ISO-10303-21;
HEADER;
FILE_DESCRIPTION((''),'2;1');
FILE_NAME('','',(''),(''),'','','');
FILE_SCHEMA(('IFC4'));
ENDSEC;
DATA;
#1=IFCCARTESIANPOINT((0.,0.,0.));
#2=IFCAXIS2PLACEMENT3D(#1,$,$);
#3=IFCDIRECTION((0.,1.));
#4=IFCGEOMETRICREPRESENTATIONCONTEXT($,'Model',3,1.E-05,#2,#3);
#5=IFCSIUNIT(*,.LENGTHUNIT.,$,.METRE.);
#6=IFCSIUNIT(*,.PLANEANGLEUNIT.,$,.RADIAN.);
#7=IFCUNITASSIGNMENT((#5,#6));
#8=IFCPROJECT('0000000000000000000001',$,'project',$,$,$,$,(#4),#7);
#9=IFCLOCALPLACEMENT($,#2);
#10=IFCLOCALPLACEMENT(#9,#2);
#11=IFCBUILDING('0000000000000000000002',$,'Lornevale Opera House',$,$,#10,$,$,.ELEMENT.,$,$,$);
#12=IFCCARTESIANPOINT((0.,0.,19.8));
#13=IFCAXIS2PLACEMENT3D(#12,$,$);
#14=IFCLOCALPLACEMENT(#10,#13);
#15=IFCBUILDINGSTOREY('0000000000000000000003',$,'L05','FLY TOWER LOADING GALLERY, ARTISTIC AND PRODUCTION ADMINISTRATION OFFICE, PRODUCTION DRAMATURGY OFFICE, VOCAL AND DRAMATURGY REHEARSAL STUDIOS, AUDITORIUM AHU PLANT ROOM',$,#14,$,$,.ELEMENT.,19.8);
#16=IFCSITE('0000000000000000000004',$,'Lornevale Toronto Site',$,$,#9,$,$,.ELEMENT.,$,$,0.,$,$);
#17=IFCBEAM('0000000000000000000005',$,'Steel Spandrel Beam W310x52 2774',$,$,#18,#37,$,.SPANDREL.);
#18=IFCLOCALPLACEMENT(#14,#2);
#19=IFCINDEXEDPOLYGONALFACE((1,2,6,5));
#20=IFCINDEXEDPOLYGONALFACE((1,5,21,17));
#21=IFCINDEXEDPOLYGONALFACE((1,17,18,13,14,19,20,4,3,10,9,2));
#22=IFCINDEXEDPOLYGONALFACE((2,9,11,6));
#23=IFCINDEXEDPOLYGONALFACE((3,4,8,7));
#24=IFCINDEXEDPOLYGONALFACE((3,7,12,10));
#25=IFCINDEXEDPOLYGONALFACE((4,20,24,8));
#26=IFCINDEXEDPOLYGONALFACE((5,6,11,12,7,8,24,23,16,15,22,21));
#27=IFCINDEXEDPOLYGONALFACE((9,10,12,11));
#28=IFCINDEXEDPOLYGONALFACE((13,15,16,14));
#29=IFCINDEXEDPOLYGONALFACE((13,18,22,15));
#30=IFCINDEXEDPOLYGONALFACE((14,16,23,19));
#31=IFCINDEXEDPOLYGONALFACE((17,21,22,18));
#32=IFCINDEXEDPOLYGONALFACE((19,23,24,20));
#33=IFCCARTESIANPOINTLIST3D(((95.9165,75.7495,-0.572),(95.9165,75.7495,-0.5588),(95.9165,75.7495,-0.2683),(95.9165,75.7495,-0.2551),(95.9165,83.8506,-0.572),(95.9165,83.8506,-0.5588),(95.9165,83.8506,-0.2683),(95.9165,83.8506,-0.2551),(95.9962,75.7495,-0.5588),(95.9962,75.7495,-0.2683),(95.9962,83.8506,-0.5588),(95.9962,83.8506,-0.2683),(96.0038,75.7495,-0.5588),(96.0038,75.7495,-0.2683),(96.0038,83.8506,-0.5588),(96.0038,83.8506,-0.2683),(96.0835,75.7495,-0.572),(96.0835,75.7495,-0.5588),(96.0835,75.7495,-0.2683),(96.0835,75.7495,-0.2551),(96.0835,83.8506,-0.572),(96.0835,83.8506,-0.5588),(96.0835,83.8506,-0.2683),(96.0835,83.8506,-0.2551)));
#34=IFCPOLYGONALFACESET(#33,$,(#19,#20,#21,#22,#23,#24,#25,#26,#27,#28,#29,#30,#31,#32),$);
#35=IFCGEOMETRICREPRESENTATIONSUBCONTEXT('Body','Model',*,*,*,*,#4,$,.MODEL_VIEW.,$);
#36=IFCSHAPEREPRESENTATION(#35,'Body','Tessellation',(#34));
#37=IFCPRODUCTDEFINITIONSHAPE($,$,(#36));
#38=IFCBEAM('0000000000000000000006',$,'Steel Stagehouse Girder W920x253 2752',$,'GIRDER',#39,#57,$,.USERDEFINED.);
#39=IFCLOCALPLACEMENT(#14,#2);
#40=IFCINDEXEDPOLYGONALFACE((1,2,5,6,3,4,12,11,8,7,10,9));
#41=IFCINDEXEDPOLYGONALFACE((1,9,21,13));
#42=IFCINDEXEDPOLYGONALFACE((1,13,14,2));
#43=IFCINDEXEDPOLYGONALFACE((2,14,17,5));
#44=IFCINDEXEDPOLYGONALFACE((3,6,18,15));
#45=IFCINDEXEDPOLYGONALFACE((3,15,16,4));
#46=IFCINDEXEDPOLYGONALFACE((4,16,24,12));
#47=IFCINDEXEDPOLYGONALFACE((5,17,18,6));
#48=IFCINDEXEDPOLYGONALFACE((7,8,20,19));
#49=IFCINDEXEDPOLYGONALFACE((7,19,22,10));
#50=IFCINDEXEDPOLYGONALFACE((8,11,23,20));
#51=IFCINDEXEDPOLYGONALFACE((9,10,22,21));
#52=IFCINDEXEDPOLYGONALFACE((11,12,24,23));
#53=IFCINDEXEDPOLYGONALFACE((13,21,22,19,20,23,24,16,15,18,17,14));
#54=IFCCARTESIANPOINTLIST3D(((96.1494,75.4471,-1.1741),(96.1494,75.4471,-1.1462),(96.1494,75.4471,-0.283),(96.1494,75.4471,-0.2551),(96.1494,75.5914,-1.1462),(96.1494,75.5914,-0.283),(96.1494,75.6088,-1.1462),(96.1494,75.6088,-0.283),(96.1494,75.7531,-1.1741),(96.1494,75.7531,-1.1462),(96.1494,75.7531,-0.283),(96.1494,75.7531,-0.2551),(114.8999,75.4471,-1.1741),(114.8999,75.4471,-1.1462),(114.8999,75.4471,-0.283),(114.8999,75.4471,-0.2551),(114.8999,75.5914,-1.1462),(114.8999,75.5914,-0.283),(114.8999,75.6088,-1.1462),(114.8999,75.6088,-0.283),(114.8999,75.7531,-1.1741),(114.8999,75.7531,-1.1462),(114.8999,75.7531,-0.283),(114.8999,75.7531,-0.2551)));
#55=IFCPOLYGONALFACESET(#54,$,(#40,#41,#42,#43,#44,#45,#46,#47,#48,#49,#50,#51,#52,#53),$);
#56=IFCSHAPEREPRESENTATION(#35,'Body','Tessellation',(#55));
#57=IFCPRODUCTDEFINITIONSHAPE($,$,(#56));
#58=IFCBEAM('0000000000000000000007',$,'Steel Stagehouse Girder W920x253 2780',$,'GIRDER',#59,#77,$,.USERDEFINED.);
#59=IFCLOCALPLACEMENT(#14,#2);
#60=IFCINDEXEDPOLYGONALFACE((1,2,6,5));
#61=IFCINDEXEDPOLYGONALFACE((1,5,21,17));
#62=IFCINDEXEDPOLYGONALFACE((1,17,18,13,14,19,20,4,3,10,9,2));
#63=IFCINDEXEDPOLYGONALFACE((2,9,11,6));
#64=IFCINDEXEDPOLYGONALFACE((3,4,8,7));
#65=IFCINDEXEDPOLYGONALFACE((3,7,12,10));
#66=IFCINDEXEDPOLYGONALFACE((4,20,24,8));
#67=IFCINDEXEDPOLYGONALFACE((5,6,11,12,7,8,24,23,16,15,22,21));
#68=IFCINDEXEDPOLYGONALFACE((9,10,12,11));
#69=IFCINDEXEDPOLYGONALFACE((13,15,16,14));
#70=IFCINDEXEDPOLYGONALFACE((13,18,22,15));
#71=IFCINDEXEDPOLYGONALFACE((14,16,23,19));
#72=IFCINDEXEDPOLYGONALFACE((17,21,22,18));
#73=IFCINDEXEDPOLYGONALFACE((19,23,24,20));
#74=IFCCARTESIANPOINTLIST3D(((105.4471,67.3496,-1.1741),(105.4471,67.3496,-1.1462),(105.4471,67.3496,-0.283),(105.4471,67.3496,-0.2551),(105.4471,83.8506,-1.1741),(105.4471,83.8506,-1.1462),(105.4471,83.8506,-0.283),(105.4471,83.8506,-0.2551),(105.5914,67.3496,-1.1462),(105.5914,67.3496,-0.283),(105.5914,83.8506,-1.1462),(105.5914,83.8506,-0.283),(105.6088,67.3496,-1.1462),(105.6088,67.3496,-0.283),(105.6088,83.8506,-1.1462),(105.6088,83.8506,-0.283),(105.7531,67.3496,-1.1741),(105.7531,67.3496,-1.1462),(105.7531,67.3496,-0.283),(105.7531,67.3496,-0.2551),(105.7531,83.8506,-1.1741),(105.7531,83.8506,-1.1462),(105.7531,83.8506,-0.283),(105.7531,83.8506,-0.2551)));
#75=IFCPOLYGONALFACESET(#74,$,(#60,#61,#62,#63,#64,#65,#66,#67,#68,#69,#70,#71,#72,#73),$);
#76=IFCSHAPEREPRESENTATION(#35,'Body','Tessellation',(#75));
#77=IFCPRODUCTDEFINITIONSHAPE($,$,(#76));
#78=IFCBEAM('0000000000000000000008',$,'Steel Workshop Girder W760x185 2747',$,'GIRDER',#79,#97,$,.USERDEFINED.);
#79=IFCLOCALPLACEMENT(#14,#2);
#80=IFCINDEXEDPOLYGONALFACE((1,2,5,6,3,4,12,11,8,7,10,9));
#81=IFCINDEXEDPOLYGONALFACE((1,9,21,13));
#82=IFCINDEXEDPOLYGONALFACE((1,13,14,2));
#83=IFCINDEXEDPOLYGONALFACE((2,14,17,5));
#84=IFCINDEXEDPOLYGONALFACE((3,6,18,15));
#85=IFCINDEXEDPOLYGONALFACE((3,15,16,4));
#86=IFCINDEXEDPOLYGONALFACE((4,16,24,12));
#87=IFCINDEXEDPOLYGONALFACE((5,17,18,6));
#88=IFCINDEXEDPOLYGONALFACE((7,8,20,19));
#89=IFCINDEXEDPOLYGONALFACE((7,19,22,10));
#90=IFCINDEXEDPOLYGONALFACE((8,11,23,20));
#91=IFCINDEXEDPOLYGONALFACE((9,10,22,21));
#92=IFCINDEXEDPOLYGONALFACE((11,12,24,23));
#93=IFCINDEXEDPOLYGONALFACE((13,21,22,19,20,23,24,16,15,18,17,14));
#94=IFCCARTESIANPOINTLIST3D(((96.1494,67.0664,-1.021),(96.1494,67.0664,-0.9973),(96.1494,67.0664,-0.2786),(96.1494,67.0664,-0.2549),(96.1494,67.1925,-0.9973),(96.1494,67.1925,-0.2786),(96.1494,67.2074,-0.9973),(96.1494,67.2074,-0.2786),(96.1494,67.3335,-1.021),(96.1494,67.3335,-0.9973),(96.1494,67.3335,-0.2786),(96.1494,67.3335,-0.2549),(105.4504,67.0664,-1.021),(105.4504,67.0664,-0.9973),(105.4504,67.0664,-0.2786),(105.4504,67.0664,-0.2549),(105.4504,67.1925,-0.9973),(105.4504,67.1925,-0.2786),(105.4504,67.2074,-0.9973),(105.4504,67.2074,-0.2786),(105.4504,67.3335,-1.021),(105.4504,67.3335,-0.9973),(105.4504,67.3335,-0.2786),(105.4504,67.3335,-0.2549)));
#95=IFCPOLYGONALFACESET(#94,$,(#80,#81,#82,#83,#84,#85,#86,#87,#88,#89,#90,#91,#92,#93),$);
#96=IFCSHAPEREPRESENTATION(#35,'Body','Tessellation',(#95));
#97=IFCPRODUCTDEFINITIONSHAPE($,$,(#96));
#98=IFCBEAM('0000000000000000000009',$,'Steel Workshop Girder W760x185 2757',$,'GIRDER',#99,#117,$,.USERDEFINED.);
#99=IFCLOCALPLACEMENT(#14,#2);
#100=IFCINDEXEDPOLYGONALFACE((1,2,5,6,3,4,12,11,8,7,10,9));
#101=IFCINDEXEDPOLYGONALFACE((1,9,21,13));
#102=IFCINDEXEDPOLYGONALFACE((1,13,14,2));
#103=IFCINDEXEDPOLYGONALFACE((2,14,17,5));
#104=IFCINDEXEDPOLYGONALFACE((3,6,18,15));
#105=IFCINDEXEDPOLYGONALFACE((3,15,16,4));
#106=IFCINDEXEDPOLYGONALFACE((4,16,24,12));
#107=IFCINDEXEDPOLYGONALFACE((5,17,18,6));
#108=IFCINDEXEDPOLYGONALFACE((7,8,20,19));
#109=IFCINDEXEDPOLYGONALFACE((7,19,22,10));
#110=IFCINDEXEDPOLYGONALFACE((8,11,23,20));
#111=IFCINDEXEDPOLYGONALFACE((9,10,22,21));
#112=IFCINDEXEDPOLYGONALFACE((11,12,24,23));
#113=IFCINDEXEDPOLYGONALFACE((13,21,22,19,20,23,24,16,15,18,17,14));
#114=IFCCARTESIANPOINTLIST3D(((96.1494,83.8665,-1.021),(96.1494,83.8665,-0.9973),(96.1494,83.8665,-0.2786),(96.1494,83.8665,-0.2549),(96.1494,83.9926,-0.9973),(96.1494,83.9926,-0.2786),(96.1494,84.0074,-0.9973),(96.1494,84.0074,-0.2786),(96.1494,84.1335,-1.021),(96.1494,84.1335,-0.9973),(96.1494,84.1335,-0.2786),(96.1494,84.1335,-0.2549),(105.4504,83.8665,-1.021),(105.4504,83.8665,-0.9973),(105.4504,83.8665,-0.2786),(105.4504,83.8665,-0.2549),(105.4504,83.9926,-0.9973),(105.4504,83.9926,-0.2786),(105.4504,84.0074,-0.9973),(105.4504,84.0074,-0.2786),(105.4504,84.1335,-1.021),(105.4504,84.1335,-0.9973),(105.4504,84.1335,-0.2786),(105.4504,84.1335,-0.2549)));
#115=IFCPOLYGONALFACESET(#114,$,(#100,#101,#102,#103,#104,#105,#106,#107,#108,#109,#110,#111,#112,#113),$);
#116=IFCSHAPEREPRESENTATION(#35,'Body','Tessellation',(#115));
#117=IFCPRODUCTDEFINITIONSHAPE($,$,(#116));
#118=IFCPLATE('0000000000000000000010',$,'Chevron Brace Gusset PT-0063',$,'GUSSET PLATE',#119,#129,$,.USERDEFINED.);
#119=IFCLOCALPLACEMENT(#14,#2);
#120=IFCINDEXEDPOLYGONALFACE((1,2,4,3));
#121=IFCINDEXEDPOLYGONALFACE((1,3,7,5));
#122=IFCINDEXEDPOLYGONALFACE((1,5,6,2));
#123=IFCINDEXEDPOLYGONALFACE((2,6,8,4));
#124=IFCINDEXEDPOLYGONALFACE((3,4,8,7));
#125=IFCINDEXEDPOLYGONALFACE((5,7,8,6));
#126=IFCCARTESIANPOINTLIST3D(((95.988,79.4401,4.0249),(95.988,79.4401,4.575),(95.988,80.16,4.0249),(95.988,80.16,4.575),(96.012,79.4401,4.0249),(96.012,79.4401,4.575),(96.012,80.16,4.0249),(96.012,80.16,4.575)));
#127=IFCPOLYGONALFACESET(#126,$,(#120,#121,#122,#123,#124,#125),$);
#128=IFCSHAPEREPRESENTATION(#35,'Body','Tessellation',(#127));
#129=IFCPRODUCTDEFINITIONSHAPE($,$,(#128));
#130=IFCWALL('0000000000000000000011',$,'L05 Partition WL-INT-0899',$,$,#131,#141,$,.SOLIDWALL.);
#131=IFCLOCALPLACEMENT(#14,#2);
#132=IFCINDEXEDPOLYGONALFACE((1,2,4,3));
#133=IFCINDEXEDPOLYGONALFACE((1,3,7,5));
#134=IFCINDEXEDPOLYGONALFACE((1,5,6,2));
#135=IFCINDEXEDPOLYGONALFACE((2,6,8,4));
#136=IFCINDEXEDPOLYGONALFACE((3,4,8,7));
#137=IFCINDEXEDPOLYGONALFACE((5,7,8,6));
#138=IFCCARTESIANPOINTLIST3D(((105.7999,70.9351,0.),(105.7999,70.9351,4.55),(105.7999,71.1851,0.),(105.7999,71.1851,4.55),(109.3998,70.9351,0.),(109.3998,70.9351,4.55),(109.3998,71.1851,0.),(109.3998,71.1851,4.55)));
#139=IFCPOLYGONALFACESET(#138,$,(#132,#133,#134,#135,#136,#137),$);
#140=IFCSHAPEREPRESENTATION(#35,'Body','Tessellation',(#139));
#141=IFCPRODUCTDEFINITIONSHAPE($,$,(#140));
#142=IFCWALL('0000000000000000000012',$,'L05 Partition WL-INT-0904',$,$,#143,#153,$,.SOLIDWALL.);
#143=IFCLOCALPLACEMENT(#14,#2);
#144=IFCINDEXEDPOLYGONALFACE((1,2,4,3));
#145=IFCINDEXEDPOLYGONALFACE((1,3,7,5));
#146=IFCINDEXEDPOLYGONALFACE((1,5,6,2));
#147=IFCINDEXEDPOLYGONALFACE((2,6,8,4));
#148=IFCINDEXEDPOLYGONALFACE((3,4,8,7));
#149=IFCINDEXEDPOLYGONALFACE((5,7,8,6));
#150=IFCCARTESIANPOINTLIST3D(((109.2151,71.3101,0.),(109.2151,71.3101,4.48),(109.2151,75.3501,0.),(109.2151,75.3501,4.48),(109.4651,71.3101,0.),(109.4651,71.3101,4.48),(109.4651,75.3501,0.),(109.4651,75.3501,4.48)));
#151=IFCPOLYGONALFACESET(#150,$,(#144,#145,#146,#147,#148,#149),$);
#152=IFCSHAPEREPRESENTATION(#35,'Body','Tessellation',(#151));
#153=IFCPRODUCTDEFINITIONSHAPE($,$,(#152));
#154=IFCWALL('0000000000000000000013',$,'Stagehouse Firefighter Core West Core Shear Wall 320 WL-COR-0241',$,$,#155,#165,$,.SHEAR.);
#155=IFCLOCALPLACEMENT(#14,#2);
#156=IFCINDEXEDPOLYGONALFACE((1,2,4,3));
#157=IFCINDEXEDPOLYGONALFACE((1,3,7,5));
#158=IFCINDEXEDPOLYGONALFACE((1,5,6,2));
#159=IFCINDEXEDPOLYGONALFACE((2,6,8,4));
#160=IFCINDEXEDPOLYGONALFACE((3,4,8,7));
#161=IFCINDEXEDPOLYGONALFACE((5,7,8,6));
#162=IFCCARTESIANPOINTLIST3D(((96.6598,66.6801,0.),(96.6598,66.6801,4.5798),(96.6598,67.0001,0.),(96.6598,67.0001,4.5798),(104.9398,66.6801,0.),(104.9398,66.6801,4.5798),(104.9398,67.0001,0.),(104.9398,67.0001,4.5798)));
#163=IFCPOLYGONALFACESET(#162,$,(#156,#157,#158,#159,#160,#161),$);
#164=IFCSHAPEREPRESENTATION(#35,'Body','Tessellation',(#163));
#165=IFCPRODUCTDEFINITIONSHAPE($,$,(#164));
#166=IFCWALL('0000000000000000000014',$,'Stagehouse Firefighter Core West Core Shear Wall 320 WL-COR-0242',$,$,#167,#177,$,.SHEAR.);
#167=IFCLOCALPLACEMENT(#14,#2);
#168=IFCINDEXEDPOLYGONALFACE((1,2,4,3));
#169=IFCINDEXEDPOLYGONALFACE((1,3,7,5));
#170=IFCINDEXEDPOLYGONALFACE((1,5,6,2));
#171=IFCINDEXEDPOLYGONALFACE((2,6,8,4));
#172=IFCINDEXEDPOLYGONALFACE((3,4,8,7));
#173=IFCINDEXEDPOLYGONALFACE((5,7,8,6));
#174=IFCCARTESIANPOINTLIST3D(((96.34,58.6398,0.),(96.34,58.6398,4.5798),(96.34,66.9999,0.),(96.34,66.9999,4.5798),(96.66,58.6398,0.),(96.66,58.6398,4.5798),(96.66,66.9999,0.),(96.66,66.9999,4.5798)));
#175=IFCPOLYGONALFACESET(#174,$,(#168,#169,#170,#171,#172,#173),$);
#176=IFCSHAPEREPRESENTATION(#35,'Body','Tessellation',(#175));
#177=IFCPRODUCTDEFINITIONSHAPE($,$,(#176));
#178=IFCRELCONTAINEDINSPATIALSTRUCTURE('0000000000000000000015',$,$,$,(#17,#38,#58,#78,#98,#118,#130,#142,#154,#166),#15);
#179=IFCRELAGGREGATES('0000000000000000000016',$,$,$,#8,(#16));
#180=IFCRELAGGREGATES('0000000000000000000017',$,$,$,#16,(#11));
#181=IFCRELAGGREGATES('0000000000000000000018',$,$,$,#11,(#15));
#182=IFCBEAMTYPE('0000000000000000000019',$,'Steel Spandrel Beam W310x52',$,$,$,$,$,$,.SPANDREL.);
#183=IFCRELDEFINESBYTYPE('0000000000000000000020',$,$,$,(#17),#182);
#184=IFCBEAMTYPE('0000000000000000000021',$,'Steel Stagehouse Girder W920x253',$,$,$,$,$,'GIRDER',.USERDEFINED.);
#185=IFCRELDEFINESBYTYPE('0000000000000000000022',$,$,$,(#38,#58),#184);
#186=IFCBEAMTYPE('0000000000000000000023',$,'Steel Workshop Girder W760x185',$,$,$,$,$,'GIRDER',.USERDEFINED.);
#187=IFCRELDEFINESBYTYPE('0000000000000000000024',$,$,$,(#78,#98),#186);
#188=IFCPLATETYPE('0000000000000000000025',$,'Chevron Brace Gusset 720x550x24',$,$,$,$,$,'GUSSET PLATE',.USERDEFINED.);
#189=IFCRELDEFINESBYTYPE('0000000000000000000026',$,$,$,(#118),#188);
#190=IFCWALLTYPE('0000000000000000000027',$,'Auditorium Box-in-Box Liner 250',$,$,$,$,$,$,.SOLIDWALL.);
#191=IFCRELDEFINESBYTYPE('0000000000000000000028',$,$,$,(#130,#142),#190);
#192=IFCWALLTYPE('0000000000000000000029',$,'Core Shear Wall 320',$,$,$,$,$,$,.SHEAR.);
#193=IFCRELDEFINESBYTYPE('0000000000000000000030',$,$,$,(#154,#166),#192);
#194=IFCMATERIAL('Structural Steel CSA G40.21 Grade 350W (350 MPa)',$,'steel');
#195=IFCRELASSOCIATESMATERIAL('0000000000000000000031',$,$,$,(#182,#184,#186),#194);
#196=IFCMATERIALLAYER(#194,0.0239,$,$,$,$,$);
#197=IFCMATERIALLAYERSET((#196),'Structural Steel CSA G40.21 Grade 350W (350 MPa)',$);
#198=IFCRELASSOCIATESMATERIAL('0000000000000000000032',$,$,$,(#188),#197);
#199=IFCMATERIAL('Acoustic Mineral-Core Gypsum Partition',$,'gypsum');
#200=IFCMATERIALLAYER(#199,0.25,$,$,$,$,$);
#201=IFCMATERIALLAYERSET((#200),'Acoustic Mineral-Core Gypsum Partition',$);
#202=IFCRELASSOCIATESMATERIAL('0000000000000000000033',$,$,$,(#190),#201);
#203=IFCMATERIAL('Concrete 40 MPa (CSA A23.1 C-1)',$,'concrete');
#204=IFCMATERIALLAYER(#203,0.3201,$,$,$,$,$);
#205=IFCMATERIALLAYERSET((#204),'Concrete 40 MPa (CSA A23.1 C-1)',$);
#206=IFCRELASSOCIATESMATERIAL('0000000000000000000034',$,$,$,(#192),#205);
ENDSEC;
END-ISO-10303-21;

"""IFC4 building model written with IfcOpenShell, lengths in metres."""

from ifc_helpers import new_model, si_unit, direction, frame, frame_2d, origin, origin_2d, place, context, subcontext, project, spatial, rectangle, i_section, extrude, material, layer, layer_set, material_profile, profile_set, type_object, element, save


model = new_model("IFC4")

# Units and contexts
model_context = context("Model", 3, precision=1e-05, world=origin(), true_north=direction((0.0, 1.0)))
body_context = subcontext(model_context, "Body", "Model", "MODEL_VIEW")
ifc_project = project(units=[si_unit("LENGTHUNIT", "METRE"), si_unit("PLANEANGLEUNIT", "RADIAN")], contexts=[model_context])

# Site, building, storey
site_placement = place(None, origin())
site = spatial("IfcSite", under=ifc_project, at=site_placement, Name="Lornevale Toronto Site", CompositionType="ELEMENT", RefElevation=0.0)
building_placement = place(site_placement, origin())
building = spatial("IfcBuilding", under=site, at=building_placement, Name="Lornevale Opera House", CompositionType="ELEMENT")
storey_placement = place(building_placement, frame((0.0, 0.0, 19.8)))
storey = spatial("IfcBuildingStorey", under=building, at=storey_placement, Name="L05", Description="FLY TOWER LOADING GALLERY, ARTISTIC AND PRODUCTION ADMINISTRATION OFFICE, PRODUCTION DRAMATURGY OFFICE, VOCAL AND DRAMATURGY REHEARSAL STUDIOS, AUDITORIUM AHU PLANT ROOM", CompositionType="ELEMENT", Elevation=19.8)

# Shared definitions
ifc_material_1 = material(Name="Structural Steel CSA G40.21 Grade 350W (350 MPa)", Category="steel")

# Beams
ifc_material_profile_1 = material_profile(ifc_material_1, i_section(OverallWidth=0.167, OverallDepth=0.3169, WebThickness=0.0076, FlangeThickness=0.0132, at=origin_2d()), Name="W310x52")
ifc_profile_set_1 = profile_set([ifc_material_profile_1], Name="Structural Steel CSA G40.21 Grade 350W (350 MPa)")
beam_type_1 = type_object("IfcBeamType", Name="Steel Spandrel Beam W310x52", PredefinedType="SPANDREL", material=ifc_profile_set_1)
beam_1_placement = place(storey_placement, frame((96.0, 75.7495, -0.4136), z_axis=(0.0, 1.0, 0.0), x_axis=(-1.0, 0.0, 0.0)))
element("IfcBeam", 1, at=beam_1_placement, inside=storey, type_object=beam_type_1, Name="Steel Spandrel Beam W310x52 2774", PredefinedType="SPANDREL", context=body_context, shape_type="SweptSolid", body=[
    extrude(i_section(OverallWidth=0.167, OverallDepth=0.3169, WebThickness=0.0076, FlangeThickness=0.0132, at=origin_2d()), origin(), (0.0, 0.0, 1.0), 8.1011),
])
ifc_material_profile_2 = material_profile(ifc_material_1, i_section(OverallWidth=0.3059, OverallDepth=0.9189, WebThickness=0.0173, FlangeThickness=0.0278, at=origin_2d()), Name="W920x253")
ifc_profile_set_2 = profile_set([ifc_material_profile_2], Name="Structural Steel CSA G40.21 Grade 350W (350 MPa)")
beam_type_2 = type_object("IfcBeamType", Name="Steel Stagehouse Girder W920x253", ElementType="GIRDER", PredefinedType="USERDEFINED", material=ifc_profile_set_2)
beam_2_placement = place(storey_placement, frame((96.1494, 75.6001, -0.7146), z_axis=(1.0, 0.0, 0.0), x_axis=(0.0, 1.0, 0.0)))
element("IfcBeam", 2, at=beam_2_placement, inside=storey, type_object=beam_type_2, Name="Steel Stagehouse Girder W920x253 2752", ObjectType="GIRDER", PredefinedType="USERDEFINED", context=body_context, shape_type="SweptSolid", body=[
    extrude(i_section(OverallWidth=0.3059, OverallDepth=0.9189, WebThickness=0.0173, FlangeThickness=0.0278, at=origin_2d()), origin(), (0.0, 0.0, 1.0), 18.7505),
])
beam_3_placement = place(storey_placement, frame((105.6001, 67.3496, -0.7146), z_axis=(0.0, 1.0, 0.0), x_axis=(-1.0, 0.0, 0.0)))
element("IfcBeam", 3, at=beam_3_placement, inside=storey, type_object=beam_type_2, Name="Steel Stagehouse Girder W920x253 2780", ObjectType="GIRDER", PredefinedType="USERDEFINED", context=body_context, shape_type="SweptSolid", body=[
    extrude(i_section(OverallWidth=0.3059, OverallDepth=0.9189, WebThickness=0.0173, FlangeThickness=0.0278, at=origin_2d()), origin(), (0.0, 0.0, 1.0), 16.501),
])
ifc_material_profile_3 = material_profile(ifc_material_1, i_section(OverallWidth=0.2671, OverallDepth=0.7661, WebThickness=0.0149, FlangeThickness=0.0237, at=origin_2d()), Name="W760x185")
ifc_profile_set_3 = profile_set([ifc_material_profile_3], Name="Structural Steel CSA G40.21 Grade 350W (350 MPa)")
beam_type_3 = type_object("IfcBeamType", Name="Steel Workshop Girder W760x185", ElementType="GIRDER", PredefinedType="USERDEFINED", material=ifc_profile_set_3)
for number, where, z_axis, x_axis, name in (
    (4, (96.1494, 67.2, -0.6379), (1.0, 0.0, 0.0), (0.0, 1.0, 0.0), "Steel Workshop Girder W760x185 2747"),
    (5, (96.1494, 84.0, -0.6379), (1.0, 0.0, 0.0), (0.0, 1.0, 0.0), "Steel Workshop Girder W760x185 2757"),
):
    element("IfcBeam", number, at=place(storey_placement, frame(where, z_axis=z_axis, x_axis=x_axis)), inside=storey, type_object=beam_type_3, Name=name, ObjectType="GIRDER", PredefinedType="USERDEFINED", context=body_context, shape_type="SweptSolid", body=[
        extrude(i_section(OverallWidth=0.2671, OverallDepth=0.7661, WebThickness=0.0149, FlangeThickness=0.0237, at=origin_2d()), origin(), (0.0, 0.0, 1.0), 9.301),
    ])

# Plate
ifc_layer_1 = layer(ifc_material_1, 0.0239)
ifc_layer_set_1 = layer_set([ifc_layer_1], Name="Structural Steel CSA G40.21 Grade 350W (350 MPa)")
plate_type = type_object("IfcPlateType", Name="Chevron Brace Gusset 720x550x24", ElementType="GUSSET PLATE", PredefinedType="USERDEFINED", material=ifc_layer_set_1)
plate_placement = place(storey_placement, frame((96.0, 79.8, 4.0249), z_axis=(0.0, 0.0, 1.0), x_axis=(0.0, 1.0, 0.0)))
element("IfcPlate", 6, at=plate_placement, inside=storey, type_object=plate_type, Name="Chevron Brace Gusset PT-0063", ObjectType="GUSSET PLATE", PredefinedType="USERDEFINED", context=body_context, shape_type="SweptSolid", body=[
    extrude(rectangle(XDim=0.72, YDim=0.0239, at=origin_2d()), origin(), (0.0, 0.0, 1.0), 0.55),
])

# Shared definitions
ifc_material_2 = material(Name="Acoustic Mineral-Core Gypsum Partition", Category="gypsum")
ifc_layer_2 = layer(ifc_material_2, 0.25)
ifc_layer_set_2 = layer_set([ifc_layer_2], Name="Acoustic Mineral-Core Gypsum Partition")
wall_type_1 = type_object("IfcWallType", Name="Auditorium Box-in-Box Liner 250", PredefinedType="SOLIDWALL", material=ifc_layer_set_2)

# Walls
wall_1_placement = place(storey_placement, frame((105.8, 71.0601, 0.0), z_axis=(0.0, 0.0, 1.0), x_axis=(1.0, 0.0, 0.0)))
element("IfcWall", 7, at=wall_1_placement, inside=storey, type_object=wall_type_1, Name="L05 Partition WL-INT-0899", PredefinedType="SOLIDWALL", context=body_context, shape_type="SweptSolid", body=[
    extrude(rectangle(XDim=3.5999, YDim=0.25, at=frame_2d((1.7998, 0.0))), origin(), (0.0, 0.0, 1.0), 4.55),
])
wall_2_placement = place(storey_placement, frame((109.3401, 71.3101, 0.0), z_axis=(0.0, 0.0, 1.0), x_axis=(0.0, 1.0, 0.0)))
element("IfcWall", 8, at=wall_2_placement, inside=storey, type_object=wall_type_1, Name="L05 Partition WL-INT-0904", PredefinedType="SOLIDWALL", context=body_context, shape_type="SweptSolid", body=[
    extrude(rectangle(XDim=4.04, YDim=0.25, at=frame_2d((2.02, 0.0))), origin(), (0.0, 0.0, 1.0), 4.48),
])
ifc_material_3 = material(Name="Concrete 40 MPa (CSA A23.1 C-1)", Category="concrete")
ifc_layer_3 = layer(ifc_material_3, 0.3201)
ifc_layer_set_3 = layer_set([ifc_layer_3], Name="Concrete 40 MPa (CSA A23.1 C-1)")
wall_type_2 = type_object("IfcWallType", Name="Core Shear Wall 320", PredefinedType="SHEAR", material=ifc_layer_set_3)
wall_3_placement = place(storey_placement, frame((104.9399, 66.8401, 0.0), z_axis=(0.0, 0.0, 1.0), x_axis=(-1.0, 0.0, 0.0)))
element("IfcWall", 9, at=wall_3_placement, inside=storey, type_object=wall_type_2, Name="Stagehouse Firefighter Core West Core Shear Wall 320 WL-COR-0241", PredefinedType="SHEAR", context=body_context, shape_type="SweptSolid", body=[
    extrude(rectangle(XDim=8.28, YDim=0.3201, at=frame_2d((4.1401, 0.0))), origin(), (0.0, 0.0, 1.0), 4.5798),
])
wall_4_placement = place(storey_placement, frame((96.5, 67.0, 0.0), z_axis=(0.0, 0.0, 1.0), x_axis=(0.0, -1.0, 0.0)))
element("IfcWall", 10, at=wall_4_placement, inside=storey, type_object=wall_type_2, Name="Stagehouse Firefighter Core West Core Shear Wall 320 WL-COR-0242", PredefinedType="SHEAR", context=body_context, shape_type="SweptSolid", body=[
    extrude(rectangle(XDim=8.3601, YDim=0.3201, at=frame_2d((4.1802, 0.0))), origin(), (0.0, 0.0, 1.0), 4.5798),
])

save(model, "model.ifc")
